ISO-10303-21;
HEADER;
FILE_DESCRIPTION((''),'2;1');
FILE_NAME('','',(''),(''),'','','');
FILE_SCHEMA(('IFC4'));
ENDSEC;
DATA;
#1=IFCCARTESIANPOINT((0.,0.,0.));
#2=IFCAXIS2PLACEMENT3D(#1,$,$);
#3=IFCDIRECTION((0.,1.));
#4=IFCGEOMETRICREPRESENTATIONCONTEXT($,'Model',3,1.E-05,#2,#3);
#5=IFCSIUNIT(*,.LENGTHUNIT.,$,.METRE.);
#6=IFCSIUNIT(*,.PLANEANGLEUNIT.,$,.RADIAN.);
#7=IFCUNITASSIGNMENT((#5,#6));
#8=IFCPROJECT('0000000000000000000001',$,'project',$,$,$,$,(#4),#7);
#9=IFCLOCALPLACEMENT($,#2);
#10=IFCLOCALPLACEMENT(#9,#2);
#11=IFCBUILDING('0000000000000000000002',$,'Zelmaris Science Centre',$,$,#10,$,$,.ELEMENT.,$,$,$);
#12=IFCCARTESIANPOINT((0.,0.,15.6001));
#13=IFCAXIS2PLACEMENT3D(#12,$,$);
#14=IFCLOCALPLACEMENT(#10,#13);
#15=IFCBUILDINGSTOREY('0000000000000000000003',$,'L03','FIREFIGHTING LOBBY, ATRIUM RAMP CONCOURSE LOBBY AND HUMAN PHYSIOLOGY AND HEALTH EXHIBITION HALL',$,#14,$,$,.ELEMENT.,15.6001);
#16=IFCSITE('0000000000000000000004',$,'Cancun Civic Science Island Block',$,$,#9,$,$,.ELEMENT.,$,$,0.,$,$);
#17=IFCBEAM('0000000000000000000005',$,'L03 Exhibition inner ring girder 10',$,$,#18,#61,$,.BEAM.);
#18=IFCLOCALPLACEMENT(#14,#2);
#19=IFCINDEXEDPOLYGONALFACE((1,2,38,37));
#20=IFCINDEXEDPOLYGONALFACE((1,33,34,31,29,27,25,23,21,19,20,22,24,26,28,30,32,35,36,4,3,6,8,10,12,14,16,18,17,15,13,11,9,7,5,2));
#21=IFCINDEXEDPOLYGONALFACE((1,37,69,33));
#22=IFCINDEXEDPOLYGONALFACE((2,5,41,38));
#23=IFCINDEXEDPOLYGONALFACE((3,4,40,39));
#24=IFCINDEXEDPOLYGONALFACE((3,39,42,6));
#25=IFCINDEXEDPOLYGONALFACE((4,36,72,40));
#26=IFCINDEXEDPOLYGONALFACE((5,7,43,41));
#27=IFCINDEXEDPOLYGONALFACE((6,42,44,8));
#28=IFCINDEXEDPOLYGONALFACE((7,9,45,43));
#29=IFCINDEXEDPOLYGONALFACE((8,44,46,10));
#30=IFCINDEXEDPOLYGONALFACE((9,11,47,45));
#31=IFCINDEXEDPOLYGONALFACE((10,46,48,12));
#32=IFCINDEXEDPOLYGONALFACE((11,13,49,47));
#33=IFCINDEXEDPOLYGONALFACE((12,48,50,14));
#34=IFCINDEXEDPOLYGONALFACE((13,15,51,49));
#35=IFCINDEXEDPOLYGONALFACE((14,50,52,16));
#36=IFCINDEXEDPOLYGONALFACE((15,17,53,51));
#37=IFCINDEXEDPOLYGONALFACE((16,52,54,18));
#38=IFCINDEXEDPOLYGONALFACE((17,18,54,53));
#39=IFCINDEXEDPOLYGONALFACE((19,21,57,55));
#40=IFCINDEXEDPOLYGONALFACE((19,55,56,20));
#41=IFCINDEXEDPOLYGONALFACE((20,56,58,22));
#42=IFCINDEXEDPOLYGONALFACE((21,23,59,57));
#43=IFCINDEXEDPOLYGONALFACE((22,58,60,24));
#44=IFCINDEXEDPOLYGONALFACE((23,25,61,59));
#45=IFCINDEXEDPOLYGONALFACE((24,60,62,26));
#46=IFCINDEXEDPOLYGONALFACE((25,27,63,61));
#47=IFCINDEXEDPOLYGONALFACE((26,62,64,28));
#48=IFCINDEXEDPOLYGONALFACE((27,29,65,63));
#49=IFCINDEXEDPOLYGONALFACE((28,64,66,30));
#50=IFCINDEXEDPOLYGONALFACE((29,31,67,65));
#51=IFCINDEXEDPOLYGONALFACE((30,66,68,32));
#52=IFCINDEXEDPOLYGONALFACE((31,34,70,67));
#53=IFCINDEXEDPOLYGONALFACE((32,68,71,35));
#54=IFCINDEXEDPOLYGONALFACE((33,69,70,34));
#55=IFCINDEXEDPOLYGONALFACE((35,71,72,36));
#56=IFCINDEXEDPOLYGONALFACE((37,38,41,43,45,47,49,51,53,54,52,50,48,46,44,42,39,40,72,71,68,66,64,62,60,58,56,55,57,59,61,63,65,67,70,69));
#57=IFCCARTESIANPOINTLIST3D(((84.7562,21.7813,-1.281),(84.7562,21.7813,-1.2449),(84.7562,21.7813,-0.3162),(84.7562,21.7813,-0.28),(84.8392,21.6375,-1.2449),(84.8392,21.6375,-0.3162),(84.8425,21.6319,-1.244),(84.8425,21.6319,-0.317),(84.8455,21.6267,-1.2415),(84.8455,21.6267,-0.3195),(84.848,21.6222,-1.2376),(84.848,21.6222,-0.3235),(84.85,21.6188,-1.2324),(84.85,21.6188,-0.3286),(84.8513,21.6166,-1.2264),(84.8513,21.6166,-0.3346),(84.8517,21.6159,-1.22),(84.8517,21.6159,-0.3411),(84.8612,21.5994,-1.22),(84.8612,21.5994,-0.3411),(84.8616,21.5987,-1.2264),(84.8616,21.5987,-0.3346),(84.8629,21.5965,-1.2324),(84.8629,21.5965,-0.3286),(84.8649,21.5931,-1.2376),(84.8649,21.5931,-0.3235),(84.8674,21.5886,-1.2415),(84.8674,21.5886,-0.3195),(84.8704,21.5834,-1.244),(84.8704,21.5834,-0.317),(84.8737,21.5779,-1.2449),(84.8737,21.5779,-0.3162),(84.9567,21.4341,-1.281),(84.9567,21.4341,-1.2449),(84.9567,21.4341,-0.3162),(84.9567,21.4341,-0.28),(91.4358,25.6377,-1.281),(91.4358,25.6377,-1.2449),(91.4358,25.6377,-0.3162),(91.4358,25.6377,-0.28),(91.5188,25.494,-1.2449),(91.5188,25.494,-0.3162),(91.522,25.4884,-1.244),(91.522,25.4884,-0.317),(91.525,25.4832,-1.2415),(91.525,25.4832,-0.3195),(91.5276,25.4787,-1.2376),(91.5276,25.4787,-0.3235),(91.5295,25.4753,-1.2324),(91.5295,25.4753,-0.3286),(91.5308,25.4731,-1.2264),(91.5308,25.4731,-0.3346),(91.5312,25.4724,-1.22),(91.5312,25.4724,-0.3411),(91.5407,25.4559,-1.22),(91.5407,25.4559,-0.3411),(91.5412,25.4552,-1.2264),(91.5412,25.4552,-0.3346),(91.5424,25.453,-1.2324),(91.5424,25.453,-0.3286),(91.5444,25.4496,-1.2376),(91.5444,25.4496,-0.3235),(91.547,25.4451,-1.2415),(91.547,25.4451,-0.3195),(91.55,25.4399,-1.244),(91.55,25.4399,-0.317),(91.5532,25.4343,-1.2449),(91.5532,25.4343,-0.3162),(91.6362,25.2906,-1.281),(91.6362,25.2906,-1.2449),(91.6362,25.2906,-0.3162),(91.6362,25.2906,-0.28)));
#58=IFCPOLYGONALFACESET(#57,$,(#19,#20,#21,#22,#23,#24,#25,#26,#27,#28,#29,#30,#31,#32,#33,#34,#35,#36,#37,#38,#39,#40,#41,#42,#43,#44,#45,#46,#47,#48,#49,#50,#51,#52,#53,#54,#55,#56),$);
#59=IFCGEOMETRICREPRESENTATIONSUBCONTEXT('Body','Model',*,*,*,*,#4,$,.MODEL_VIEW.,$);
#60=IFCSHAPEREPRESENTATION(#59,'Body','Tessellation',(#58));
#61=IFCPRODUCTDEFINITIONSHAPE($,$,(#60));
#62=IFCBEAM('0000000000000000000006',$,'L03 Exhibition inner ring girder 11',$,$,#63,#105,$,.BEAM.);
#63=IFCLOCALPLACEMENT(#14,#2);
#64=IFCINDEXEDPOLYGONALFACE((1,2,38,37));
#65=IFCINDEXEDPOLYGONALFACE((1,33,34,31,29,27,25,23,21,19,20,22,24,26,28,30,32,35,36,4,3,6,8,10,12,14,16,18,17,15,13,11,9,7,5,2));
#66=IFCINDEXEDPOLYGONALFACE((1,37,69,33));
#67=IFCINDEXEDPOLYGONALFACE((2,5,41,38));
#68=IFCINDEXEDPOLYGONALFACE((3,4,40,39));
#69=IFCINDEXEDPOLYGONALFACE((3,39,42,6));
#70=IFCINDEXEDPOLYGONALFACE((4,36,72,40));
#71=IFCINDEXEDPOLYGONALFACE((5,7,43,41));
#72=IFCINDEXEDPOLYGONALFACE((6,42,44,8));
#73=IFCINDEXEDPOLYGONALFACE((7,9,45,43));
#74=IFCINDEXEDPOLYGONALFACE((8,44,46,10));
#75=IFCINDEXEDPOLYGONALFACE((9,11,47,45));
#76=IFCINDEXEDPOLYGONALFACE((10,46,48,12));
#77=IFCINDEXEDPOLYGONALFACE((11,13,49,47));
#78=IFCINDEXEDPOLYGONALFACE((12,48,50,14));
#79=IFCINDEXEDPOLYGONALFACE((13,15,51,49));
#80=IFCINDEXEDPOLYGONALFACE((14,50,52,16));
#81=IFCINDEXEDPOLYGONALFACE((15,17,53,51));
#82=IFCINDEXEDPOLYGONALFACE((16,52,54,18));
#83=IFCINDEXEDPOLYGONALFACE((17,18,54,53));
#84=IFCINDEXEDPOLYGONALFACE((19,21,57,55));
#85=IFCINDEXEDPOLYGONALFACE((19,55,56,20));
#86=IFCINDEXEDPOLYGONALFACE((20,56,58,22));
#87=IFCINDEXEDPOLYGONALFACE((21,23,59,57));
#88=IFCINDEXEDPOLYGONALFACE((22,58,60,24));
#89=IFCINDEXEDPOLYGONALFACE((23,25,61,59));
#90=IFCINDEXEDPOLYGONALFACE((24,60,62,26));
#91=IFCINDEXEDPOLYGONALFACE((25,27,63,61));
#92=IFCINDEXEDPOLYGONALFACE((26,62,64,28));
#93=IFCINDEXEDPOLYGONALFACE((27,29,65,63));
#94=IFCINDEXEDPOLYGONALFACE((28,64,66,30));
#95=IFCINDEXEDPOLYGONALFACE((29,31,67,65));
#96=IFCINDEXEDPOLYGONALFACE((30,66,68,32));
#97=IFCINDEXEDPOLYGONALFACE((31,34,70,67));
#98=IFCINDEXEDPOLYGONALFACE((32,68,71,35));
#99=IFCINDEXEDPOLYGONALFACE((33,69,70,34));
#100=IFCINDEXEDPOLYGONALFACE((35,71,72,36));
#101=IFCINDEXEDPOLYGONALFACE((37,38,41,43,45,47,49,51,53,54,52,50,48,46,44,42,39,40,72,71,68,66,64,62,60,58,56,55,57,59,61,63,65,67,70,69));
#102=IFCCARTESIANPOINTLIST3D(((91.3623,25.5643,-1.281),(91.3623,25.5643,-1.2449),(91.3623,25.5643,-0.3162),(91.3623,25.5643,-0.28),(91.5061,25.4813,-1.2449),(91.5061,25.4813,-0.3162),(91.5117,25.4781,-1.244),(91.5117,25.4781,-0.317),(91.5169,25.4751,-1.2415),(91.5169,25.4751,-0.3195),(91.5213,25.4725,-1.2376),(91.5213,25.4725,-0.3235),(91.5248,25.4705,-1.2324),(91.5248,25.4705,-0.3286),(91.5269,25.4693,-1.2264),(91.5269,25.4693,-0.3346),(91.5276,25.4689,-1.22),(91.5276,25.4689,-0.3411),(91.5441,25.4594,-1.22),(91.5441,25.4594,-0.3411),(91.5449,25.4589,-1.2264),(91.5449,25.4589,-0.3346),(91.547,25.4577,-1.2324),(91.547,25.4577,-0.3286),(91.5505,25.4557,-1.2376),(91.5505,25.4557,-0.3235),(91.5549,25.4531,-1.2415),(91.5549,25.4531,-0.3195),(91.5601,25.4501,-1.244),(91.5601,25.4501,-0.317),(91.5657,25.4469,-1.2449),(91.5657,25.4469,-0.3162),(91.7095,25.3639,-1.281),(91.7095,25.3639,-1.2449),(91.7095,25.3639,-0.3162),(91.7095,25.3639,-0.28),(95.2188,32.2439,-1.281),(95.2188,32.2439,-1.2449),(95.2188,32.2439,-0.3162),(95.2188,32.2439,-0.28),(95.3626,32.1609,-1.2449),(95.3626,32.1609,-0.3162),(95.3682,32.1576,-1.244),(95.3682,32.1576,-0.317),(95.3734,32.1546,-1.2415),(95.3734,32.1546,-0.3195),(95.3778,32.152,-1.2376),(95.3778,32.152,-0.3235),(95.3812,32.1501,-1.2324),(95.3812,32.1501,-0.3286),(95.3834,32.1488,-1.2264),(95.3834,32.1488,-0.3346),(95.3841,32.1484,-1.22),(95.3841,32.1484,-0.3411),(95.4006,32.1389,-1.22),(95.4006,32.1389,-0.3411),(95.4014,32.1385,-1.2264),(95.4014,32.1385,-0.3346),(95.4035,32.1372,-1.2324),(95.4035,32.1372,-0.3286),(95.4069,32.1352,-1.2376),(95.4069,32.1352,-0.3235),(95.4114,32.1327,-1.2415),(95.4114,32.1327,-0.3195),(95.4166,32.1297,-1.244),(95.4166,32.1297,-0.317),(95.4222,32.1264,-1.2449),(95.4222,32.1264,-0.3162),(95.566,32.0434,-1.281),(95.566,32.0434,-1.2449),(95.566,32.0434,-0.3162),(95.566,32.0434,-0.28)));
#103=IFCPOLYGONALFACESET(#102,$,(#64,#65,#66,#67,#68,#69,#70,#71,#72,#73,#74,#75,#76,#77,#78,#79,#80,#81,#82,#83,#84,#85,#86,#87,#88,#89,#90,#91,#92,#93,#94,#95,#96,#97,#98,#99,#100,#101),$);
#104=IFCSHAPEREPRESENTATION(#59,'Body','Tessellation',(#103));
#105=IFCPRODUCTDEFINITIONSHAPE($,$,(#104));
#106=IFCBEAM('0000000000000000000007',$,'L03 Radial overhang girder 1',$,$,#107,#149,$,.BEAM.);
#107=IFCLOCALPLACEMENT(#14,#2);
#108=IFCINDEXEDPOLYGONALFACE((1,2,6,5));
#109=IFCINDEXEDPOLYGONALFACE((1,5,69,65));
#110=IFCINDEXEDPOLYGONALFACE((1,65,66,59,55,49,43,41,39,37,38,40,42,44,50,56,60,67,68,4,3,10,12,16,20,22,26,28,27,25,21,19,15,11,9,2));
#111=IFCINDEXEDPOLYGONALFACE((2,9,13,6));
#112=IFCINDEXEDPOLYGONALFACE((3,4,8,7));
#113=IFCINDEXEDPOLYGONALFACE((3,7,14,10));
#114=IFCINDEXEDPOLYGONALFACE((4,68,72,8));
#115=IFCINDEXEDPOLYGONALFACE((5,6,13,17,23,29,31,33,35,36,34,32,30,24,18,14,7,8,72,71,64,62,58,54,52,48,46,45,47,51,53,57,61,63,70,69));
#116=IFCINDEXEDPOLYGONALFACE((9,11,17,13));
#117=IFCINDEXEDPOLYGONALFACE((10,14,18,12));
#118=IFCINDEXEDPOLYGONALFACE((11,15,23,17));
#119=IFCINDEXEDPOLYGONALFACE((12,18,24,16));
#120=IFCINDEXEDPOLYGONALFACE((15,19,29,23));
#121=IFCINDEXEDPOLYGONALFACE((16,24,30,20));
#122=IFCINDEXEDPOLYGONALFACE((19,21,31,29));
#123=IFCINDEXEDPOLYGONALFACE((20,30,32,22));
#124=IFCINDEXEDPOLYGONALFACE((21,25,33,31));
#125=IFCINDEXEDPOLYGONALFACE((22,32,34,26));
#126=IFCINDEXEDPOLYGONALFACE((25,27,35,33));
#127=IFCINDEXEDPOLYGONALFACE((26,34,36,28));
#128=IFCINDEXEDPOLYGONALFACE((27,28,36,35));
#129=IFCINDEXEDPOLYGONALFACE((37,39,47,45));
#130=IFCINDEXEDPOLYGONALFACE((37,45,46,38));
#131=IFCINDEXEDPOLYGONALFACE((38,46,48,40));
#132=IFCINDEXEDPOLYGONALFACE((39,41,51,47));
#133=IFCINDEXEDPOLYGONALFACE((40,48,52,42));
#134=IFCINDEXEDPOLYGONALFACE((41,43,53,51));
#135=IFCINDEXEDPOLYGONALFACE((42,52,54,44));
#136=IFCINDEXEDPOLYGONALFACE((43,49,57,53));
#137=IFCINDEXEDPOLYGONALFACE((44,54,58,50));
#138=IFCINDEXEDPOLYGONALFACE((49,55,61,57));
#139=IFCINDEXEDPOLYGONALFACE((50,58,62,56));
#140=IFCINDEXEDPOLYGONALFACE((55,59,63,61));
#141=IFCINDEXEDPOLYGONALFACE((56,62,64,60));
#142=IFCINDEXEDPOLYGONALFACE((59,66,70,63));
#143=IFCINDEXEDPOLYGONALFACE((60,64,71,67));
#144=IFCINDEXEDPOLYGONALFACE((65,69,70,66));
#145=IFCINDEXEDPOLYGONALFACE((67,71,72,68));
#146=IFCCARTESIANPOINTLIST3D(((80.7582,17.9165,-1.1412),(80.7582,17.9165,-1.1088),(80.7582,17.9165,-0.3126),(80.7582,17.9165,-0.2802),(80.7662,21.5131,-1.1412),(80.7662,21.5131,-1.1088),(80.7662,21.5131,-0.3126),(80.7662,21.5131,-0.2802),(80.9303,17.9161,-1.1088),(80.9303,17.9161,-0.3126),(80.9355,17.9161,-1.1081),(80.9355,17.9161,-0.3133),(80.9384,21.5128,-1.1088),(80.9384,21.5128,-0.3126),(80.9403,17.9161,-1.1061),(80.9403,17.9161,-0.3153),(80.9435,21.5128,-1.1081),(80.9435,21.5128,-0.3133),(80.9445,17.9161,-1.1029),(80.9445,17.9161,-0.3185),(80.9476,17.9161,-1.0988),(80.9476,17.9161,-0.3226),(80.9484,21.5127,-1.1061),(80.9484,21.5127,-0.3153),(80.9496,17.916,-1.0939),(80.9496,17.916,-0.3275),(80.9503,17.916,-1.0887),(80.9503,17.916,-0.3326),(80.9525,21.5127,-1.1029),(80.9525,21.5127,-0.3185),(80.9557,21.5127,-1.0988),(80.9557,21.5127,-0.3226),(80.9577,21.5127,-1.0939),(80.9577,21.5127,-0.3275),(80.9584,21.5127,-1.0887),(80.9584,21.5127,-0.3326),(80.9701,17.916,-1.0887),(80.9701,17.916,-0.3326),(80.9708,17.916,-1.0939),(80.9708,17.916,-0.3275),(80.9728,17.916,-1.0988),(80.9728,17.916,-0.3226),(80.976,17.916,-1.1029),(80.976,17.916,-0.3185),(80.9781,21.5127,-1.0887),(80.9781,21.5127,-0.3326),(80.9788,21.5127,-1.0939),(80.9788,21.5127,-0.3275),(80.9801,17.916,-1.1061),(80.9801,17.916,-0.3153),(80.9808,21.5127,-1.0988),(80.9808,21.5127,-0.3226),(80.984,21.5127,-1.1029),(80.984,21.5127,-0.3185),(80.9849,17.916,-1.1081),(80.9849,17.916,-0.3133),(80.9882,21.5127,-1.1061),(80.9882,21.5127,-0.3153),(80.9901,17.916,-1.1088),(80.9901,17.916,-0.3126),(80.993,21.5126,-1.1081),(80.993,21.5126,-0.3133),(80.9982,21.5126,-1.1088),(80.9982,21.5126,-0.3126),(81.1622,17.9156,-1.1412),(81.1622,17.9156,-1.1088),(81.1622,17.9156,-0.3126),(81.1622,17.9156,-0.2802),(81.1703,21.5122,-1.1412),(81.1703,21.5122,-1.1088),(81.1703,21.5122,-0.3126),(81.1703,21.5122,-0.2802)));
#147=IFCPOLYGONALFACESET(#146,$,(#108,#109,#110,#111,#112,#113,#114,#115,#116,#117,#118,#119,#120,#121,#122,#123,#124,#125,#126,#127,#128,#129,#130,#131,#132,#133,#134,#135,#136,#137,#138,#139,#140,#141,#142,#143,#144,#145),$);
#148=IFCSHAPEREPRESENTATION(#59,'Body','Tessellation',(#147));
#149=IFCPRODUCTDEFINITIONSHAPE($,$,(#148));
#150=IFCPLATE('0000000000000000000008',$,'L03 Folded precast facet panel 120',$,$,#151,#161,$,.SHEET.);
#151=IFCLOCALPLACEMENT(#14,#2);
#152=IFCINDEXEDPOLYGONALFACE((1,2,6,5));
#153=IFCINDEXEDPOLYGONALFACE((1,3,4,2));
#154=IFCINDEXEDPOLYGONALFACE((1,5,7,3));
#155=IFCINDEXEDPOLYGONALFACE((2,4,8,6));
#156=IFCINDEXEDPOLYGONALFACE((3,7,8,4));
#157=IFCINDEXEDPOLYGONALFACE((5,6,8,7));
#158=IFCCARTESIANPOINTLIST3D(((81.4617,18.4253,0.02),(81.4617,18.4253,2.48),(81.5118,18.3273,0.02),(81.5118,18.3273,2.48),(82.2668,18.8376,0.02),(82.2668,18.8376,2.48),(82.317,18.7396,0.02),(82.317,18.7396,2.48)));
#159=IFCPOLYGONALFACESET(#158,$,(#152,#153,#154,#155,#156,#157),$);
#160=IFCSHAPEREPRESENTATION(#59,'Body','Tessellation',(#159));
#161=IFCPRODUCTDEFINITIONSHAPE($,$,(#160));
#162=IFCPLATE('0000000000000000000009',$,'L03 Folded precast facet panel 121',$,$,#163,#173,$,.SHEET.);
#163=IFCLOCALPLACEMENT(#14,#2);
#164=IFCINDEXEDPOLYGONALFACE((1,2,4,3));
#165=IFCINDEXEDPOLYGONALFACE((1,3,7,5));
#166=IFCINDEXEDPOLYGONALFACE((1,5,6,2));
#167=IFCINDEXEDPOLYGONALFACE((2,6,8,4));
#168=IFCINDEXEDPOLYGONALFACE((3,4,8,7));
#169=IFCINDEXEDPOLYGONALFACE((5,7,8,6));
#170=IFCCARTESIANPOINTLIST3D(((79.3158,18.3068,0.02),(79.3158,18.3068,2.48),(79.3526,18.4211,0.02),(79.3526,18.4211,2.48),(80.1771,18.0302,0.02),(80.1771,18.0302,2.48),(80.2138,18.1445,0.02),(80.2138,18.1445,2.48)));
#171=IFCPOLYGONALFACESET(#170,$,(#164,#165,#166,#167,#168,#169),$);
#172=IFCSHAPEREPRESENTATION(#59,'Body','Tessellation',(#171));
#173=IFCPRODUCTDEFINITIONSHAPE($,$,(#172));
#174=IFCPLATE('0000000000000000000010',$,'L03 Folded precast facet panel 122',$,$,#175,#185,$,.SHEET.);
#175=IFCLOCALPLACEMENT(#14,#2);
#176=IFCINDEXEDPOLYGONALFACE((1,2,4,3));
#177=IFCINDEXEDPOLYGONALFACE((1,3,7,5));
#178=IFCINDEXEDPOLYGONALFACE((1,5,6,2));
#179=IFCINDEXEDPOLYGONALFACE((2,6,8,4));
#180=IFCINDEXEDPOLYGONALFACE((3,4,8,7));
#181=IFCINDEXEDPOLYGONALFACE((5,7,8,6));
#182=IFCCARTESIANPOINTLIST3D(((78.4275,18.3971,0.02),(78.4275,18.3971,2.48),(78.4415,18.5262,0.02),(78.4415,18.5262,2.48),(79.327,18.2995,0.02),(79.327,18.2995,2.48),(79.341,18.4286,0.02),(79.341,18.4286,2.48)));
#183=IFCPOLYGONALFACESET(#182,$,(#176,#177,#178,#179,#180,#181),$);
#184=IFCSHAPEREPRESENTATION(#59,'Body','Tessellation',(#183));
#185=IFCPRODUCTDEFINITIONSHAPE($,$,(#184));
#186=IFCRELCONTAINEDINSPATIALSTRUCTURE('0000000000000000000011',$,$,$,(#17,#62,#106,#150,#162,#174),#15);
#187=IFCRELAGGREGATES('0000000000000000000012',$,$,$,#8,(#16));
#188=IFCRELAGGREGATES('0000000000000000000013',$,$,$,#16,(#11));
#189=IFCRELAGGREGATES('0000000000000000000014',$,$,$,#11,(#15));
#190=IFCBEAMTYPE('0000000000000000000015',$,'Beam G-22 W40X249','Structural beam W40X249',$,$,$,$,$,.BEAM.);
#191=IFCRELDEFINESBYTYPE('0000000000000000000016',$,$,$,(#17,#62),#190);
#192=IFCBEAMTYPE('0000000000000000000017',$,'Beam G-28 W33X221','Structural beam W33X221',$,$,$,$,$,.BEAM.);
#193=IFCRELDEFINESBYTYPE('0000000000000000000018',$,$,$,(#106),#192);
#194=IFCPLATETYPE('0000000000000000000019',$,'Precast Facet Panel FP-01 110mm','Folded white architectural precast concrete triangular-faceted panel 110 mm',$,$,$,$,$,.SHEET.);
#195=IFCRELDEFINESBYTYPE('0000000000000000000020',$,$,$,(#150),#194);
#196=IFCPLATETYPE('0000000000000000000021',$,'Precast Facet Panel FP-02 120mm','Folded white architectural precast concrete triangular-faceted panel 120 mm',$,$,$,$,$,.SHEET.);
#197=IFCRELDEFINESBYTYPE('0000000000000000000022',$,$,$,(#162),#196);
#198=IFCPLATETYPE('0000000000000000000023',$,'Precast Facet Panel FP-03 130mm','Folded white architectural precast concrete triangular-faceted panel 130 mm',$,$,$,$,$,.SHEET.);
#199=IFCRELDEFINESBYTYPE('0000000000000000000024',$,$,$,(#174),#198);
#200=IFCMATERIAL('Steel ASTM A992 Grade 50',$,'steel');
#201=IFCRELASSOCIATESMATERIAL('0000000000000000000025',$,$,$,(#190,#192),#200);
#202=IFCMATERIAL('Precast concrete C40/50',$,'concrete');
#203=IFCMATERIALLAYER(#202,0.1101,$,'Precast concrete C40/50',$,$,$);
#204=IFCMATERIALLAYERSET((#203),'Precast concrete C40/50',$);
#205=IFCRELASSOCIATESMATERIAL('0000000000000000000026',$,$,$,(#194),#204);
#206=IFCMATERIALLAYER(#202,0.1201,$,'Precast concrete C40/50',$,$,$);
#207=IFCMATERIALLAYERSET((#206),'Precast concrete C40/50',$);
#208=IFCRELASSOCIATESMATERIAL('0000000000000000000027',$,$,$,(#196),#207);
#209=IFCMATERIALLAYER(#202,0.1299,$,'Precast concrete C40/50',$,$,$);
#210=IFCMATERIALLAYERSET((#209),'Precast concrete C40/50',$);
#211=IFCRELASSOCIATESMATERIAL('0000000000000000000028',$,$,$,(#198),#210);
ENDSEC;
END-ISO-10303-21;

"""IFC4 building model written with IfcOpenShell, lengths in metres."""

from ifc_helpers import new_model, si_unit, direction, frame, frame_2d, origin, origin_2d, place, context, subcontext, project, spatial, rectangle, i_section, extrude, material, layer, layer_set, material_profile, profile_set, type_object, element, save


model = new_model("IFC4")

# Units and contexts
model_context = context("Model", 3, precision=1e-05, world=origin(), true_north=direction((0.0, 1.0)))
body_context = subcontext(model_context, "Body", "Model", "MODEL_VIEW")
ifc_project = project(units=[si_unit("LENGTHUNIT", "METRE"), si_unit("PLANEANGLEUNIT", "RADIAN")], contexts=[model_context])

# Site, building, storey
site_placement = place(None, origin())
site = spatial("IfcSite", under=ifc_project, at=site_placement, Name="Cancun Civic Science Island Block", CompositionType="ELEMENT", RefElevation=0.0)
building_placement = place(site_placement, origin())
building = spatial("IfcBuilding", under=site, at=building_placement, Name="Zelmaris Science Centre", CompositionType="ELEMENT")
storey_placement = place(building_placement, frame((0.0, 0.0, 15.6001)))
storey = spatial("IfcBuildingStorey", under=building, at=storey_placement, Name="L03", Description="FIREFIGHTING LOBBY, ATRIUM RAMP CONCOURSE LOBBY AND HUMAN PHYSIOLOGY AND HEALTH EXHIBITION HALL", CompositionType="ELEMENT", Elevation=15.6001)

# Shared definitions
ifc_material_1 = material(Name="Steel ASTM A992 Grade 50", Category="steel")

# Beams
ifc_material_profile_1 = material_profile(ifc_material_1, i_section(OverallWidth=0.4009, OverallDepth=1.001, WebThickness=0.019, FlangeThickness=0.0361, FilletRadius=0.0249, at=origin_2d()), Name="W40X249")
ifc_profile_set_1 = profile_set([ifc_material_profile_1], Name="Steel ASTM A992 Grade 50")
beam_type_1 = type_object("IfcBeamType", Name="Beam G-22 W40X249", Description="Structural beam W40X249", PredefinedType="BEAM", material=ifc_profile_set_1)
for number, where, z_axis, x_axis, name in (
    (1, (84.8564, 21.6077, -0.7805), (0.866022, 0.500007, 0.0), (-0.500007, 0.866022, 0.0), "L03 Exhibition inner ring girder 10"),
    (2, (91.5359, 25.4641, -0.7805), (0.500007, 0.866022, 0.0), (-0.866022, 0.500007, 0.0), "L03 Exhibition inner ring girder 11"),
):
    element("IfcBeam", number, at=place(storey_placement, frame(where, z_axis=z_axis, x_axis=x_axis)), inside=storey, type_object=beam_type_1, Name=name, PredefinedType="BEAM", context=body_context, shape_type="SweptSolid", body=[
        extrude(i_section(OverallWidth=0.4009, OverallDepth=1.001, WebThickness=0.019, FlangeThickness=0.0361, FilletRadius=0.0249, at=origin_2d()), origin(), (0.0, 0.0, 1.0), 7.7129),
    ])
ifc_material_profile_2 = material_profile(ifc_material_1, i_section(OverallWidth=0.4041, OverallDepth=0.8611, WebThickness=0.0198, FlangeThickness=0.0325, FilletRadius=0.02, at=origin_2d()), Name="W33X221")
ifc_profile_set_2 = profile_set([ifc_material_profile_2], Name="Steel ASTM A992 Grade 50")
beam_type_2 = type_object("IfcBeamType", Name="Beam G-28 W33X221", Description="Structural beam W33X221", PredefinedType="BEAM", material=ifc_profile_set_2)
beam_1_placement = place(storey_placement, frame((80.9683, 21.5127, -0.7107), z_axis=(-0.00224, -0.999997, 0.0), x_axis=(0.999997, -0.00224, 0.0)))
element("IfcBeam", 3, at=beam_1_placement, inside=storey, type_object=beam_type_2, Name="L03 Radial overhang girder 1", PredefinedType="BEAM", context=body_context, shape_type="SweptSolid", body=[
    extrude(i_section(OverallWidth=0.4041, OverallDepth=0.8611, WebThickness=0.0198, FlangeThickness=0.0325, FilletRadius=0.02, at=origin_2d()), origin(), (0.0, 0.0, 1.0), 3.5967),
])

# Plates
ifc_material_2 = material(Name="Precast concrete C40/50", Category="concrete")
ifc_layer_1 = layer(ifc_material_2, 0.1101, Name="Precast concrete C40/50")
ifc_layer_set_1 = layer_set([ifc_layer_1], Name="Precast concrete C40/50")
plate_type_1 = type_object("IfcPlateType", Name="Precast Facet Panel FP-01 110mm", Description="Folded white architectural precast concrete triangular-faceted panel 110 mm", PredefinedType="SHEET", material=ifc_layer_set_1)
plate_1_placement = place(storey_placement, frame((82.2917, 18.7886, 0.02), z_axis=(0.0, 0.0, 1.0), x_axis=(-0.890067, -0.455829, 0.0)))
element("IfcPlate", 4, at=plate_1_placement, inside=storey, type_object=plate_type_1, Name="L03 Folded precast facet panel 120", PredefinedType="SHEET", context=body_context, shape_type="SweptSolid", body=[
    extrude(rectangle(XDim=0.9045, YDim=0.1101, at=frame_2d((0.4521, 0.0))), origin(), (0.0, 0.0, 1.0), 2.46),
])
ifc_layer_2 = layer(ifc_material_2, 0.1201, Name="Precast concrete C40/50")
ifc_layer_set_2 = layer_set([ifc_layer_2], Name="Precast concrete C40/50")
plate_type_2 = type_object("IfcPlateType", Name="Precast Facet Panel FP-02 120mm", Description="Folded white architectural precast concrete triangular-faceted panel 120 mm", PredefinedType="SHEET", material=ifc_layer_set_2)
plate_2_placement = place(storey_placement, frame((80.1953, 18.0874, 0.02), z_axis=(0.0, 0.0, 1.0), x_axis=(-0.952107, 0.305765, 0.0)))
element("IfcPlate", 5, at=plate_2_placement, inside=storey, type_object=plate_type_2, Name="L03 Folded precast facet panel 121", PredefinedType="SHEET", context=body_context, shape_type="SweptSolid", body=[
    extrude(rectangle(XDim=0.9045, YDim=0.1201, at=frame_2d((0.4521, 0.0))), origin(), (0.0, 0.0, 1.0), 2.46),
])
ifc_layer_3 = layer(ifc_material_2, 0.1299, Name="Precast concrete C40/50")
ifc_layer_set_3 = layer_set([ifc_layer_3], Name="Precast concrete C40/50")
plate_type_3 = type_object("IfcPlateType", Name="Precast Facet Panel FP-03 130mm", Description="Folded white architectural precast concrete triangular-faceted panel 130 mm", PredefinedType="SHEET", material=ifc_layer_set_3)
plate_3_placement = place(storey_placement, frame((79.334, 18.364, 0.02), z_axis=(0.0, 0.0, 1.0), x_axis=(-0.994157, 0.107943, 0.0)))
element("IfcPlate", 6, at=plate_3_placement, inside=storey, type_object=plate_type_3, Name="L03 Folded precast facet panel 122", PredefinedType="SHEET", context=body_context, shape_type="SweptSolid", body=[
    extrude(rectangle(XDim=0.9048, YDim=0.1299, at=frame_2d((0.4524, 0.0))), origin(), (0.0, 0.0, 1.0), 2.46),
])

save(model, "model.ifc")
